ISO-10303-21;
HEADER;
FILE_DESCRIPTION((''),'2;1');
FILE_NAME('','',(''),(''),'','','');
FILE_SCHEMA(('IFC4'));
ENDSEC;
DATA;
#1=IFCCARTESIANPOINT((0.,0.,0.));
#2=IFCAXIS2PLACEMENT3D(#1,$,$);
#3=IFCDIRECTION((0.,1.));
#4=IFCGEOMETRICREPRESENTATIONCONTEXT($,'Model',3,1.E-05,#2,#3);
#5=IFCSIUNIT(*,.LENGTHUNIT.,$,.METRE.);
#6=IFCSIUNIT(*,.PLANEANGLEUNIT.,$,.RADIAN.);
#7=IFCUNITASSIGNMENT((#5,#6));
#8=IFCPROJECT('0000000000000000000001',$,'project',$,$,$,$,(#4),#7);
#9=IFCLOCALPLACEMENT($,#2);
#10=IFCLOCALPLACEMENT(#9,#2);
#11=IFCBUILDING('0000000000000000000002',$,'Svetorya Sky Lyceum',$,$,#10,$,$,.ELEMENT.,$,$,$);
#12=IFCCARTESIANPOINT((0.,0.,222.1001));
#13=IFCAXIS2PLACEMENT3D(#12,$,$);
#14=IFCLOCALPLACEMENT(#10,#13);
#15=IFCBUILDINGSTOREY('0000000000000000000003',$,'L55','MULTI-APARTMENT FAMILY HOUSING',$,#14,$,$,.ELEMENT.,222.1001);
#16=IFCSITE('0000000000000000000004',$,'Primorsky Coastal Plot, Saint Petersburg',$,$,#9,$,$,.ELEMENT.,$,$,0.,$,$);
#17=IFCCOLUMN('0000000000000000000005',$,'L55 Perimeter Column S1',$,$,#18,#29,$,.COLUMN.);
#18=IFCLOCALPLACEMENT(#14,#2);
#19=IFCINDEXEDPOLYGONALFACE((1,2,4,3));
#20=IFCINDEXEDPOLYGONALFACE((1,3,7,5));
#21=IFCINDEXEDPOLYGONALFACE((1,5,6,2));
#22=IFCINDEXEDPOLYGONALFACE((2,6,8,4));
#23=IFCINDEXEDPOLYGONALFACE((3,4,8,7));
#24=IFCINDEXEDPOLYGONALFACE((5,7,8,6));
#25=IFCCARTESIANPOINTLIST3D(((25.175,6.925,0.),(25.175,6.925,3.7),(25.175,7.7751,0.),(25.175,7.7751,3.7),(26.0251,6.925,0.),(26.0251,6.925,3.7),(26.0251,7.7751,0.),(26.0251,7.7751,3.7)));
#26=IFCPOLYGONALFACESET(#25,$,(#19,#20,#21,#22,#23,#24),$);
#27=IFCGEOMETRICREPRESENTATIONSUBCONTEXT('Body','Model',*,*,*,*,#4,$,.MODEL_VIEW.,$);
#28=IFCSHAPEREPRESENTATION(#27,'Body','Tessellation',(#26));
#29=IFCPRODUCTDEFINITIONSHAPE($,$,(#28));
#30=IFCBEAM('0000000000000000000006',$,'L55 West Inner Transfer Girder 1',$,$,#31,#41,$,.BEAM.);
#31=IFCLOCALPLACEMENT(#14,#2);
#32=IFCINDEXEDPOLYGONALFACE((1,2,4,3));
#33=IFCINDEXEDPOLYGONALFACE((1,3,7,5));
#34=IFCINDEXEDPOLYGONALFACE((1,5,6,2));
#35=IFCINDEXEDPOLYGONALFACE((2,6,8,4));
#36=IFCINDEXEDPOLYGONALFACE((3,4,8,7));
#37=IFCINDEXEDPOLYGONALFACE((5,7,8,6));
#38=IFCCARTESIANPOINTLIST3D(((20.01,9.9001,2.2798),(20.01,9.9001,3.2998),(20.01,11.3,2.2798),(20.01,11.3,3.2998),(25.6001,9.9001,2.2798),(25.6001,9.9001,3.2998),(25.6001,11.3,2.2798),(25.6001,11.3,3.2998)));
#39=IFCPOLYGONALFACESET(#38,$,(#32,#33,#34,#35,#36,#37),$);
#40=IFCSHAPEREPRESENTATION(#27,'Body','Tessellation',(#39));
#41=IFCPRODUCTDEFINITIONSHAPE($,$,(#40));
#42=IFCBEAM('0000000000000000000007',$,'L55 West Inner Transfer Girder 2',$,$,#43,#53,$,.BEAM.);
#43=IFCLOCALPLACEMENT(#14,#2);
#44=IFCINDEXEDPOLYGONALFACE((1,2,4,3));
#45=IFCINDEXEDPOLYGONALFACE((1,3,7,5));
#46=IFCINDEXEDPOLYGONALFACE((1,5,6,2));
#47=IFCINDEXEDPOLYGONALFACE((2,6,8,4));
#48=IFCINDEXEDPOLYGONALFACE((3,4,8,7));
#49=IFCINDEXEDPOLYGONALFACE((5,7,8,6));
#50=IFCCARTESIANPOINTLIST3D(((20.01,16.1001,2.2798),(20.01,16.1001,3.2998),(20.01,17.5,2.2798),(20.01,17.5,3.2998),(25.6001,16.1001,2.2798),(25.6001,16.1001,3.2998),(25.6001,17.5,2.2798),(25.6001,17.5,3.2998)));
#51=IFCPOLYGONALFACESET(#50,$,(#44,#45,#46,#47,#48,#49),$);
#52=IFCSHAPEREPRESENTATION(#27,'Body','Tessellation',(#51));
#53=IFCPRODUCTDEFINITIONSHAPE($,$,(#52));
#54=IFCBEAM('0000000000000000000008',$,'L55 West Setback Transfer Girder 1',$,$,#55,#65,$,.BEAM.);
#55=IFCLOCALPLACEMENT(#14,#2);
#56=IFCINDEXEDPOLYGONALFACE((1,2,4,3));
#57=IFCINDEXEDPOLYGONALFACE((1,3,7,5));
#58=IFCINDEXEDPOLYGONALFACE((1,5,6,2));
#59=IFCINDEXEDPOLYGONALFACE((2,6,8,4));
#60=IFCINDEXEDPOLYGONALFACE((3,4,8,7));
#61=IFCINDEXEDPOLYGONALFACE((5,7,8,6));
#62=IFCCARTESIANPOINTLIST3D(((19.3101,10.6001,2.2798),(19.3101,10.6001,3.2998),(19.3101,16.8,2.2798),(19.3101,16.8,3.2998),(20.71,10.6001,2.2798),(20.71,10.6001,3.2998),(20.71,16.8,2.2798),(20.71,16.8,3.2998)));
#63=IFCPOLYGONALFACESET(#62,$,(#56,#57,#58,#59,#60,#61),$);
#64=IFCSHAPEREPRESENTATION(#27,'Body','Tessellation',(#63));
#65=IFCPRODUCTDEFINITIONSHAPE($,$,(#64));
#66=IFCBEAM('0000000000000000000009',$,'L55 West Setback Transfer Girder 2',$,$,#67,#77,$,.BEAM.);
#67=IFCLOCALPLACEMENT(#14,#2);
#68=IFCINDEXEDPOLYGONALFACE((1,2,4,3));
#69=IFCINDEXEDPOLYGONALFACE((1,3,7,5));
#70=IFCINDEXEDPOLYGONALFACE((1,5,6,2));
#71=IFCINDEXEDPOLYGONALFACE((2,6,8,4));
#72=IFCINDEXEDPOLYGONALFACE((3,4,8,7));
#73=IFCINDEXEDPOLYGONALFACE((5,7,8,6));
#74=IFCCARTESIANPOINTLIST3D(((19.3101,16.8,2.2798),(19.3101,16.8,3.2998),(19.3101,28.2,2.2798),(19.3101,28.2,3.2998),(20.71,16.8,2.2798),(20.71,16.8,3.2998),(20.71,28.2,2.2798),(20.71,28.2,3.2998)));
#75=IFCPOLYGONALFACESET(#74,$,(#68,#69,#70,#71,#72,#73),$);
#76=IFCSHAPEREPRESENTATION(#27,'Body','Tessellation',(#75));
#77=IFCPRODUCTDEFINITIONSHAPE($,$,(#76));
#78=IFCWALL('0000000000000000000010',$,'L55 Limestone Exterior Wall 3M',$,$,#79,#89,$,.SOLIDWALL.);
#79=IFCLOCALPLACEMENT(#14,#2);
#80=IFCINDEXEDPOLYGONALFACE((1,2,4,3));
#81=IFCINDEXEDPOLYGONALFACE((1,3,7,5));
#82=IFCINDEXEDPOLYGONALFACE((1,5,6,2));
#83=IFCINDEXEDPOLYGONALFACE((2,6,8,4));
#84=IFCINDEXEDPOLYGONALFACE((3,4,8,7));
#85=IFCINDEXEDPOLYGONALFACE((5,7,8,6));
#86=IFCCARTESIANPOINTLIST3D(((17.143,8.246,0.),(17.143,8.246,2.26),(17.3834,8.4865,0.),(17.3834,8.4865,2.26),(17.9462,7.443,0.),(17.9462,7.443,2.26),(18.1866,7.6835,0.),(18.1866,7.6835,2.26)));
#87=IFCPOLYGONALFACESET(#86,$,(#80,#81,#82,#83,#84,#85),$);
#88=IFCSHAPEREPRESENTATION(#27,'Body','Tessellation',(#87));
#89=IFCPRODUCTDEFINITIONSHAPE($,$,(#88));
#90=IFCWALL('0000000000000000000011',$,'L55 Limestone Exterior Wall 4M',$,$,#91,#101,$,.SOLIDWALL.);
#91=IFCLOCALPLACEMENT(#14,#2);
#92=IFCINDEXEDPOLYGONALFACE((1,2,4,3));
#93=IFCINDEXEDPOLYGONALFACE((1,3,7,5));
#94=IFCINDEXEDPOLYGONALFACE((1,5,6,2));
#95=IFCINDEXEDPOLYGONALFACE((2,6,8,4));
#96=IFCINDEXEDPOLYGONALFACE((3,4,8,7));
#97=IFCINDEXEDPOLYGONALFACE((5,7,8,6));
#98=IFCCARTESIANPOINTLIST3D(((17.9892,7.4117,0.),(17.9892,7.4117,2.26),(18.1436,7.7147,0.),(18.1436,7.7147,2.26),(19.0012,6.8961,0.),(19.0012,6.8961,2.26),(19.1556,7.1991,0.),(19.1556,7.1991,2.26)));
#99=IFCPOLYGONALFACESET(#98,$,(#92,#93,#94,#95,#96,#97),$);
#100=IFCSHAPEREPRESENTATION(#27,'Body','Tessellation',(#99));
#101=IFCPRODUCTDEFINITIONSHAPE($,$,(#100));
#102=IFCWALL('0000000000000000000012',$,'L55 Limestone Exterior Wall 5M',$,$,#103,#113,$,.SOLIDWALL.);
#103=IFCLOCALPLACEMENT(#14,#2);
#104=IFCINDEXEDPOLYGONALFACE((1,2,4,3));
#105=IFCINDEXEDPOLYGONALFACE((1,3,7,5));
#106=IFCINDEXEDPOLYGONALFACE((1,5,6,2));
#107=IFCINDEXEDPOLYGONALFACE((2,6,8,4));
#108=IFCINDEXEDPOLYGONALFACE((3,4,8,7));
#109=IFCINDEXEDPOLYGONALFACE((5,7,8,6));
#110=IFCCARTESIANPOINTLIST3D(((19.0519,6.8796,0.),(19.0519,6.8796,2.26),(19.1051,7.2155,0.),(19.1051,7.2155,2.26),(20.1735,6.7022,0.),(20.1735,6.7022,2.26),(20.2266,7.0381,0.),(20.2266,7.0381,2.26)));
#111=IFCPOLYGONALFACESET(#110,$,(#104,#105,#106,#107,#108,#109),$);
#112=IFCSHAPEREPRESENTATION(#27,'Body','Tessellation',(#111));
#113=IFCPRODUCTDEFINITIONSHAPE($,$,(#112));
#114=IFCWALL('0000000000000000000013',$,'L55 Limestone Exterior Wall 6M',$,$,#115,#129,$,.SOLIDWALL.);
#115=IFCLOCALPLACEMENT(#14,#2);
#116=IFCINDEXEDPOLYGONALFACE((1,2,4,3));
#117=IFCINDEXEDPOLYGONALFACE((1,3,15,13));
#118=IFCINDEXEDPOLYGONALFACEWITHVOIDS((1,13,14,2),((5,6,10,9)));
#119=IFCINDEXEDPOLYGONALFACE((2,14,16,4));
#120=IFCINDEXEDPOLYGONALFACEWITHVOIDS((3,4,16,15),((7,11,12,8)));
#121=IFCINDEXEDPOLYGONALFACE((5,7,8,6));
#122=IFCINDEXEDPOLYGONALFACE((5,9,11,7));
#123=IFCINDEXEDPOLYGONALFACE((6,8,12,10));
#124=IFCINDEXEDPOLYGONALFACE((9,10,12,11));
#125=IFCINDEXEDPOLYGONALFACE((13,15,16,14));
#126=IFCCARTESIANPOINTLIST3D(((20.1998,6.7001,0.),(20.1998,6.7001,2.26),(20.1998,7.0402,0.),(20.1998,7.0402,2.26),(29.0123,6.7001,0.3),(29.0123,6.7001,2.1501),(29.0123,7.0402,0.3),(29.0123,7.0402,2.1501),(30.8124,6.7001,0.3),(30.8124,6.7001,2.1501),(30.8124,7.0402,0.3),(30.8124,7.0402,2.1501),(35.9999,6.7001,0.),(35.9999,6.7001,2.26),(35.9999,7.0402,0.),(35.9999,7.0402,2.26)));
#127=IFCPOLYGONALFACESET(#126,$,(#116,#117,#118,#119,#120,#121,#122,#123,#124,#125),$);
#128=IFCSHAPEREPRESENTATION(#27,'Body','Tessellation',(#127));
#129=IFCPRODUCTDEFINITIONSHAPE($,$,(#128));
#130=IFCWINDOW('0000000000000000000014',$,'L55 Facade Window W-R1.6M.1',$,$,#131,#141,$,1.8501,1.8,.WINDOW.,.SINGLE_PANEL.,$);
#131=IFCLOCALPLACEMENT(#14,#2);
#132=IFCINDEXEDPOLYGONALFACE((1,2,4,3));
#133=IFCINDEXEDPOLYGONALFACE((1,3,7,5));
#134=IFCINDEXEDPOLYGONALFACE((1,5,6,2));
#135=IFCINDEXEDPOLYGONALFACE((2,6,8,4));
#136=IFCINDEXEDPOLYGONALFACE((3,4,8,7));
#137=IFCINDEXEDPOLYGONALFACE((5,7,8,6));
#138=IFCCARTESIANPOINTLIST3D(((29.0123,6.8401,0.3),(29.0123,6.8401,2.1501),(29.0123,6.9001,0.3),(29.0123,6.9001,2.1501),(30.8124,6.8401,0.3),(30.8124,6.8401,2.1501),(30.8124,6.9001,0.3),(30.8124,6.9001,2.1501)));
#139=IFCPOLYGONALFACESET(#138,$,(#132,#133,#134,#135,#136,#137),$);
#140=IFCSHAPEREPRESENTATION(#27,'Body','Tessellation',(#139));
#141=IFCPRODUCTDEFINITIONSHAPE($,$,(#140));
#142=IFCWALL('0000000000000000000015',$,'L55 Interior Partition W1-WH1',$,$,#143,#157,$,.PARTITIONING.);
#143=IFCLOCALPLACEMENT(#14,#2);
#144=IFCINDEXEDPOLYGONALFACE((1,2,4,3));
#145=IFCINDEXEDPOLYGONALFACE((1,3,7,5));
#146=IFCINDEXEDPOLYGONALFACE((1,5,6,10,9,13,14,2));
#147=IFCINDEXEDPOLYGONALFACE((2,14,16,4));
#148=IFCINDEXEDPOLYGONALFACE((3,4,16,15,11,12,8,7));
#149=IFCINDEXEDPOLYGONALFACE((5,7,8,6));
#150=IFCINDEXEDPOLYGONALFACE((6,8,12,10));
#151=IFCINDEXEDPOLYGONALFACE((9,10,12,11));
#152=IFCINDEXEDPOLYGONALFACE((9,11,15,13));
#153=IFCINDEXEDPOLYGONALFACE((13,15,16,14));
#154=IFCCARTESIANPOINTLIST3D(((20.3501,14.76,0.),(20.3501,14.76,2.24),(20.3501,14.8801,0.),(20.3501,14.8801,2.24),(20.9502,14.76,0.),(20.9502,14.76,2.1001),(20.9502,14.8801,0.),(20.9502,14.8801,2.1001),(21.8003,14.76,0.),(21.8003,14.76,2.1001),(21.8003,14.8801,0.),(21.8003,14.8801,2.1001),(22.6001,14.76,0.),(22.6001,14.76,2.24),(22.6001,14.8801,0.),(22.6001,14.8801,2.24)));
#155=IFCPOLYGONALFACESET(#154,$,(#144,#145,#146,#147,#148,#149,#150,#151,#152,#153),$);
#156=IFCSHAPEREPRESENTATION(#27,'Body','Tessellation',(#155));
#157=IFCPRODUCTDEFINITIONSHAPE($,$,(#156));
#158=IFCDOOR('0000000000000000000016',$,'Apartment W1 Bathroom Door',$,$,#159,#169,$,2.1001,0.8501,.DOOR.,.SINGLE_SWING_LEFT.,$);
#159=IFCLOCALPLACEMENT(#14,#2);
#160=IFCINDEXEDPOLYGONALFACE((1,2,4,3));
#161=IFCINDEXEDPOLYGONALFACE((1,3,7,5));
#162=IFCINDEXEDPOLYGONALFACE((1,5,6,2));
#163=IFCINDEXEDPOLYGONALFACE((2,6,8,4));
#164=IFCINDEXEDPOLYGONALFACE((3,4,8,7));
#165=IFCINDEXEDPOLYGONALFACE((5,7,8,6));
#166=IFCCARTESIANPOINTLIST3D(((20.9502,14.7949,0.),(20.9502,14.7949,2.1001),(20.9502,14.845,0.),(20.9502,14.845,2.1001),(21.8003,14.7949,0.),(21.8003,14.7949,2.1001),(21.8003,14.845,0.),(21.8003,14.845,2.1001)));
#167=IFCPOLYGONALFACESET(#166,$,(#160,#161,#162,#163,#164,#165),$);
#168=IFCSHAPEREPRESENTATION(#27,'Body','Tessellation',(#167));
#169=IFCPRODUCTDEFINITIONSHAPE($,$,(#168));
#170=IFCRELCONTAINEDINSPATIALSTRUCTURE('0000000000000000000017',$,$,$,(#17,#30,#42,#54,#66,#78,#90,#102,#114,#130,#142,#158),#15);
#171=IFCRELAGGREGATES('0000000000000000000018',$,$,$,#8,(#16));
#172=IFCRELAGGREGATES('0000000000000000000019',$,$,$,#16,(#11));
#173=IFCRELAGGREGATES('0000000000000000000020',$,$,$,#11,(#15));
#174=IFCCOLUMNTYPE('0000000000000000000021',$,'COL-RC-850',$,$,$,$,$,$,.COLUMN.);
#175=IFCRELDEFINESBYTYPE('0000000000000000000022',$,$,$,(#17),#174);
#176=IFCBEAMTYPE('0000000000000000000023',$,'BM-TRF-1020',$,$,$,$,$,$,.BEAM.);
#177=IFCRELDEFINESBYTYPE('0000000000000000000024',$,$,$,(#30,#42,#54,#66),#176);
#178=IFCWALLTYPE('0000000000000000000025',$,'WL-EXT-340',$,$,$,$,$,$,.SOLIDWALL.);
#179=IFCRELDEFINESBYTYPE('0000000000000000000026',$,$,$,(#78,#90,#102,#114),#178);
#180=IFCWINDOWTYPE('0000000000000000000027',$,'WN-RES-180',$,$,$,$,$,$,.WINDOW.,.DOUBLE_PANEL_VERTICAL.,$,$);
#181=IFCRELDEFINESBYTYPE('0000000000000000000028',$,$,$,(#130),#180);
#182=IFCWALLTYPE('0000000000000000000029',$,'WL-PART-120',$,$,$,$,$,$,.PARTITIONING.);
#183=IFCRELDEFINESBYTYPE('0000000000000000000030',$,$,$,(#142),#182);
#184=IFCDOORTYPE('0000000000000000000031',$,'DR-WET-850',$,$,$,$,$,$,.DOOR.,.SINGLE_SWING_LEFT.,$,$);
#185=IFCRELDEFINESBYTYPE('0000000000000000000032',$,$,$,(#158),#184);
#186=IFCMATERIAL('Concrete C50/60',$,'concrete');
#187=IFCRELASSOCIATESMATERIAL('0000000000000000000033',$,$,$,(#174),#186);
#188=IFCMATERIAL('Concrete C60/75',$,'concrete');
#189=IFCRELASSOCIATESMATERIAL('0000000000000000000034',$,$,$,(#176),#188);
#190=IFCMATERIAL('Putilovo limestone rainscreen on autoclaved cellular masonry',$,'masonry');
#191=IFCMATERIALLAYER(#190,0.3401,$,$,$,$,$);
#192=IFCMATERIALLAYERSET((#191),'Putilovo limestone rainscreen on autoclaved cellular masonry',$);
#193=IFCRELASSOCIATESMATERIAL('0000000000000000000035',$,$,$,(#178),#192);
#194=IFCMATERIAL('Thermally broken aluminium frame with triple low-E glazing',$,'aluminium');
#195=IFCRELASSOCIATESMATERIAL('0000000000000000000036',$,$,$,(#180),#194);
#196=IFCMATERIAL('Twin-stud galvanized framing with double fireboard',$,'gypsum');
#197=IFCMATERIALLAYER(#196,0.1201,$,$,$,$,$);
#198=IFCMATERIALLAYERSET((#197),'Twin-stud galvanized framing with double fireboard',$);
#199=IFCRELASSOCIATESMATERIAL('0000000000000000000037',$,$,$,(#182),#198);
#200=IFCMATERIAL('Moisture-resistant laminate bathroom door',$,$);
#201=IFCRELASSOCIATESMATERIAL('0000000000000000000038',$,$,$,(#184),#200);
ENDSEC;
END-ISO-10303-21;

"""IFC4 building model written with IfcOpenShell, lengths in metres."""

from ifc_helpers import new_model, si_unit, direction, frame, frame_2d, origin, origin_2d, place, context, subcontext, project, spatial, rectangle, extrude, material, layer, layer_set, material_profile, profile_set, type_object, element, fill, save


model = new_model("IFC4")

# Units and contexts
model_context = context("Model", 3, precision=1e-05, world=origin(), true_north=direction((0.0, 1.0)))
body_context = subcontext(model_context, "Body", "Model", "MODEL_VIEW")
ifc_project = project(units=[si_unit("LENGTHUNIT", "METRE"), si_unit("PLANEANGLEUNIT", "RADIAN")], contexts=[model_context])

# Site, building, storey
site_placement = place(None, origin())
site = spatial("IfcSite", under=ifc_project, at=site_placement, Name="Primorsky Coastal Plot, Saint Petersburg", CompositionType="ELEMENT", RefElevation=0.0)
building_placement = place(site_placement, origin())
building = spatial("IfcBuilding", under=site, at=building_placement, Name="Svetorya Sky Lyceum", CompositionType="ELEMENT")
storey_placement = place(building_placement, frame((0.0, 0.0, 222.1001)))
storey = spatial("IfcBuildingStorey", under=building, at=storey_placement, Name="L55", Description="MULTI-APARTMENT FAMILY HOUSING", CompositionType="ELEMENT", Elevation=222.1001)

# Column
ifc_material_1 = material(Name="Concrete C50/60", Category="concrete")
ifc_material_profile_1 = material_profile(ifc_material_1, rectangle(XDim=0.8501, YDim=0.8501, at=origin_2d()), Name="RC COL 850x850")
ifc_profile_set_1 = profile_set([ifc_material_profile_1], Name="Concrete C50/60")
column_type = type_object("IfcColumnType", Name="COL-RC-850", PredefinedType="COLUMN", material=ifc_profile_set_1)
column_placement = place(storey_placement, frame((25.6001, 7.3501, 0.0), z_axis=(0.0, 0.0, 1.0), x_axis=(1.0, 0.0, 0.0)))
element("IfcColumn", 1, at=column_placement, inside=storey, type_object=column_type, Name="L55 Perimeter Column S1", PredefinedType="COLUMN", context=body_context, shape_type="SweptSolid", body=[
    extrude(rectangle(XDim=0.8501, YDim=0.8501, at=origin_2d()), origin(), (0.0, 0.0, 1.0), 3.7),
])

# Beams
ifc_material_2 = material(Name="Concrete C60/75", Category="concrete")
ifc_material_profile_2 = material_profile(ifc_material_2, rectangle(XDim=1.3999, YDim=1.02, at=origin_2d()), Name="RC TRANSFER 1400x1020")
ifc_profile_set_2 = profile_set([ifc_material_profile_2], Name="Concrete C60/75")
beam_type = type_object("IfcBeamType", Name="BM-TRF-1020", PredefinedType="BEAM", material=ifc_profile_set_2)
for number, where, z_axis, x_axis, name in (
    (2, (20.01, 10.6001, 2.7898), (1.0, 0.0, 0.0), (0.0, 1.0, 0.0), "L55 West Inner Transfer Girder 1"),
    (3, (20.01, 16.8, 2.7898), (1.0, 0.0, 0.0), (0.0, 1.0, 0.0), "L55 West Inner Transfer Girder 2"),
):
    element("IfcBeam", number, at=place(storey_placement, frame(where, z_axis=z_axis, x_axis=x_axis)), inside=storey, type_object=beam_type, Name=name, PredefinedType="BEAM", context=body_context, shape_type="SweptSolid", body=[
        extrude(rectangle(XDim=1.3999, YDim=1.02, at=origin_2d()), origin(), (0.0, 0.0, 1.0), 5.5901),
    ])
beam_1_placement = place(storey_placement, frame((20.01, 10.6001, 2.7898), z_axis=(0.0, 1.0, 0.0), x_axis=(-1.0, 0.0, 0.0)))
element("IfcBeam", 4, at=beam_1_placement, inside=storey, type_object=beam_type, Name="L55 West Setback Transfer Girder 1", PredefinedType="BEAM", context=body_context, shape_type="SweptSolid", body=[
    extrude(rectangle(XDim=1.3999, YDim=1.02, at=origin_2d()), origin(), (0.0, 0.0, 1.0), 6.2),
])
beam_2_placement = place(storey_placement, frame((20.01, 16.8, 2.7898), z_axis=(0.0, 1.0, 0.0), x_axis=(-1.0, 0.0, 0.0)))
element("IfcBeam", 5, at=beam_2_placement, inside=storey, type_object=beam_type, Name="L55 West Setback Transfer Girder 2", PredefinedType="BEAM", context=body_context, shape_type="SweptSolid", body=[
    extrude(rectangle(XDim=1.3999, YDim=1.02, at=origin_2d()), origin(), (0.0, 0.0, 1.0), 11.3999),
])

# Walls
ifc_material_3 = material(Name="Putilovo limestone rainscreen on autoclaved cellular masonry", Category="masonry")
ifc_layer_1 = layer(ifc_material_3, 0.3401)
ifc_layer_set_1 = layer_set([ifc_layer_1], Name="Putilovo limestone rainscreen on autoclaved cellular masonry")
wall_type_1 = type_object("IfcWallType", Name="WL-EXT-340", PredefinedType="SOLIDWALL", material=ifc_layer_set_1)
for number, where, z_axis, x_axis, name in (
    (6, (17.2632, 8.3662, 0.0), (0.0, 0.0, 1.0), (0.707214, -0.706999, 0.0), "L55 Limestone Exterior Wall 3M"),
    (7, (18.0664, 7.5632, 0.0), (0.0, 0.0, 1.0), (0.891005, -0.453993, 0.0), "L55 Limestone Exterior Wall 4M"),
):
    element("IfcWall", number, at=place(storey_placement, frame(where, z_axis=z_axis, x_axis=x_axis)), inside=storey, type_object=wall_type_1, Name=name, PredefinedType="SOLIDWALL", context=body_context, shape_type="SweptSolid", body=[
        extrude(rectangle(XDim=1.1357, YDim=0.3401, at=frame_2d((0.5679, 0.0))), origin(), (0.0, 0.0, 1.0), 2.26),
    ])
wall_1_placement = place(storey_placement, frame((19.0784, 7.0476, 0.0), z_axis=(0.0, 0.0, 1.0), x_axis=(0.987709, -0.156305, 0.0)))
element("IfcWall", 8, at=wall_1_placement, inside=storey, type_object=wall_type_1, Name="L55 Limestone Exterior Wall 5M", PredefinedType="SOLIDWALL", context=body_context, shape_type="SweptSolid", body=[
    extrude(rectangle(XDim=1.1355, YDim=0.3401, at=frame_2d((0.5679, 0.0))), origin(), (0.0, 0.0, 1.0), 2.26),
])

# Wall, opening, window
wall_2_placement = place(storey_placement, frame((20.2, 6.8701, 0.0), z_axis=(0.0, 0.0, 1.0), x_axis=(1.0, 0.0, 0.0)))
wall_2 = element("IfcWall", 9, at=wall_2_placement, inside=storey, type_object=wall_type_1, Name="L55 Limestone Exterior Wall 6M", PredefinedType="SOLIDWALL", context=body_context, shape_type="SweptSolid", body=[
    extrude(rectangle(XDim=15.8, YDim=0.3401, at=frame_2d((7.8999, 0.0))), origin(), (0.0, 0.0, 1.0), 2.26),
])
opening_1_placement = place(wall_2_placement, frame((8.8125, 0.0, 0.3)))
opening_1 = element("IfcOpeningElement", 10, at=opening_1_placement, cuts=wall_2, PredefinedType="OPENING", context=body_context, shape_type="SweptSolid", body=[
    extrude(rectangle(XDim=1.8, YDim=1.8501, at=frame_2d((0.8999, 0.925))), frame((0.0, 0.1799, 0.0), z_axis=(0.0, -1.0, 0.0), x_axis=(1.0, 0.0, 0.0)), (0.0, 0.0, 1.0), 0.3601),
])
ifc_material_4 = material(Name="Thermally broken aluminium frame with triple low-E glazing", Category="aluminium")
window_type = type_object("IfcWindowType", Name="WN-RES-180", PartitioningType="DOUBLE_PANEL_VERTICAL", PredefinedType="WINDOW", material=ifc_material_4)
window_placement = place(opening_1_placement, origin())
window = element("IfcWindow", 11, at=window_placement, inside=storey, type_object=window_type, Name="L55 Facade Window W-R1.6M.1", OverallHeight=1.8501, OverallWidth=1.8, PartitioningType="SINGLE_PANEL", PredefinedType="WINDOW", context=body_context, shape_type="SweptSolid", body=[
    extrude(rectangle(XDim=1.8, YDim=1.8501, at=frame_2d((0.8999, 0.925))), frame((0.0, 0.03, 0.0), z_axis=(0.0, -1.0, 0.0), x_axis=(1.0, 0.0, 0.0)), (0.0, 0.0, 1.0), 0.0601),
])
fill(opening_1, window)

# Wall, opening, door
ifc_material_5 = material(Name="Twin-stud galvanized framing with double fireboard", Category="gypsum")
ifc_layer_2 = layer(ifc_material_5, 0.1201)
ifc_layer_set_2 = layer_set([ifc_layer_2], Name="Twin-stud galvanized framing with double fireboard")
wall_type_2 = type_object("IfcWallType", Name="WL-PART-120", PredefinedType="PARTITIONING", material=ifc_layer_set_2)
wall_3_placement = place(storey_placement, frame((20.3501, 14.8201, 0.0), z_axis=(0.0, 0.0, 1.0), x_axis=(1.0, 0.0, 0.0)))
wall_3 = element("IfcWall", 12, at=wall_3_placement, inside=storey, type_object=wall_type_2, Name="L55 Interior Partition W1-WH1", PredefinedType="PARTITIONING", context=body_context, shape_type="SweptSolid", body=[
    extrude(rectangle(XDim=2.25, YDim=0.1201, at=frame_2d((1.125, 0.0))), origin(), (0.0, 0.0, 1.0), 2.24),
])
opening_2_placement = place(wall_3_placement, frame((0.6001, 0.0, 0.0)))
opening_2 = element("IfcOpeningElement", 13, at=opening_2_placement, cuts=wall_3, PredefinedType="OPENING", context=body_context, shape_type="SweptSolid", body=[
    extrude(rectangle(XDim=0.8501, YDim=2.1001, at=frame_2d((0.425, 1.05))), frame((0.0, 0.0701, 0.0), z_axis=(0.0, -1.0, 0.0), x_axis=(1.0, 0.0, 0.0)), (0.0, 0.0, 1.0), 0.1401),
])
ifc_material_6 = material(Name="Moisture-resistant laminate bathroom door")
door_type_1 = type_object("IfcDoorType", Name="DR-WET-850", OperationType="SINGLE_SWING_LEFT", PredefinedType="DOOR", material=ifc_material_6)
door_1_placement = place(opening_2_placement, origin())
door_1 = element("IfcDoor", 14, at=door_1_placement, inside=storey, type_object=door_type_1, Name="Apartment W1 Bathroom Door", OperationType="SINGLE_SWING_LEFT", OverallHeight=2.1001, OverallWidth=0.8501, PredefinedType="DOOR", context=body_context, shape_type="SweptSolid", body=[
    extrude(rectangle(XDim=0.8501, YDim=2.1001, at=frame_2d((0.425, 1.05))), frame((0.0, 0.0249, 0.0), z_axis=(0.0, -1.0, 0.0), x_axis=(1.0, 0.0, 0.0)), (0.0, 0.0, 1.0), 0.05),
])
fill(opening_2, door_1)

save(model, "model.ifc")
